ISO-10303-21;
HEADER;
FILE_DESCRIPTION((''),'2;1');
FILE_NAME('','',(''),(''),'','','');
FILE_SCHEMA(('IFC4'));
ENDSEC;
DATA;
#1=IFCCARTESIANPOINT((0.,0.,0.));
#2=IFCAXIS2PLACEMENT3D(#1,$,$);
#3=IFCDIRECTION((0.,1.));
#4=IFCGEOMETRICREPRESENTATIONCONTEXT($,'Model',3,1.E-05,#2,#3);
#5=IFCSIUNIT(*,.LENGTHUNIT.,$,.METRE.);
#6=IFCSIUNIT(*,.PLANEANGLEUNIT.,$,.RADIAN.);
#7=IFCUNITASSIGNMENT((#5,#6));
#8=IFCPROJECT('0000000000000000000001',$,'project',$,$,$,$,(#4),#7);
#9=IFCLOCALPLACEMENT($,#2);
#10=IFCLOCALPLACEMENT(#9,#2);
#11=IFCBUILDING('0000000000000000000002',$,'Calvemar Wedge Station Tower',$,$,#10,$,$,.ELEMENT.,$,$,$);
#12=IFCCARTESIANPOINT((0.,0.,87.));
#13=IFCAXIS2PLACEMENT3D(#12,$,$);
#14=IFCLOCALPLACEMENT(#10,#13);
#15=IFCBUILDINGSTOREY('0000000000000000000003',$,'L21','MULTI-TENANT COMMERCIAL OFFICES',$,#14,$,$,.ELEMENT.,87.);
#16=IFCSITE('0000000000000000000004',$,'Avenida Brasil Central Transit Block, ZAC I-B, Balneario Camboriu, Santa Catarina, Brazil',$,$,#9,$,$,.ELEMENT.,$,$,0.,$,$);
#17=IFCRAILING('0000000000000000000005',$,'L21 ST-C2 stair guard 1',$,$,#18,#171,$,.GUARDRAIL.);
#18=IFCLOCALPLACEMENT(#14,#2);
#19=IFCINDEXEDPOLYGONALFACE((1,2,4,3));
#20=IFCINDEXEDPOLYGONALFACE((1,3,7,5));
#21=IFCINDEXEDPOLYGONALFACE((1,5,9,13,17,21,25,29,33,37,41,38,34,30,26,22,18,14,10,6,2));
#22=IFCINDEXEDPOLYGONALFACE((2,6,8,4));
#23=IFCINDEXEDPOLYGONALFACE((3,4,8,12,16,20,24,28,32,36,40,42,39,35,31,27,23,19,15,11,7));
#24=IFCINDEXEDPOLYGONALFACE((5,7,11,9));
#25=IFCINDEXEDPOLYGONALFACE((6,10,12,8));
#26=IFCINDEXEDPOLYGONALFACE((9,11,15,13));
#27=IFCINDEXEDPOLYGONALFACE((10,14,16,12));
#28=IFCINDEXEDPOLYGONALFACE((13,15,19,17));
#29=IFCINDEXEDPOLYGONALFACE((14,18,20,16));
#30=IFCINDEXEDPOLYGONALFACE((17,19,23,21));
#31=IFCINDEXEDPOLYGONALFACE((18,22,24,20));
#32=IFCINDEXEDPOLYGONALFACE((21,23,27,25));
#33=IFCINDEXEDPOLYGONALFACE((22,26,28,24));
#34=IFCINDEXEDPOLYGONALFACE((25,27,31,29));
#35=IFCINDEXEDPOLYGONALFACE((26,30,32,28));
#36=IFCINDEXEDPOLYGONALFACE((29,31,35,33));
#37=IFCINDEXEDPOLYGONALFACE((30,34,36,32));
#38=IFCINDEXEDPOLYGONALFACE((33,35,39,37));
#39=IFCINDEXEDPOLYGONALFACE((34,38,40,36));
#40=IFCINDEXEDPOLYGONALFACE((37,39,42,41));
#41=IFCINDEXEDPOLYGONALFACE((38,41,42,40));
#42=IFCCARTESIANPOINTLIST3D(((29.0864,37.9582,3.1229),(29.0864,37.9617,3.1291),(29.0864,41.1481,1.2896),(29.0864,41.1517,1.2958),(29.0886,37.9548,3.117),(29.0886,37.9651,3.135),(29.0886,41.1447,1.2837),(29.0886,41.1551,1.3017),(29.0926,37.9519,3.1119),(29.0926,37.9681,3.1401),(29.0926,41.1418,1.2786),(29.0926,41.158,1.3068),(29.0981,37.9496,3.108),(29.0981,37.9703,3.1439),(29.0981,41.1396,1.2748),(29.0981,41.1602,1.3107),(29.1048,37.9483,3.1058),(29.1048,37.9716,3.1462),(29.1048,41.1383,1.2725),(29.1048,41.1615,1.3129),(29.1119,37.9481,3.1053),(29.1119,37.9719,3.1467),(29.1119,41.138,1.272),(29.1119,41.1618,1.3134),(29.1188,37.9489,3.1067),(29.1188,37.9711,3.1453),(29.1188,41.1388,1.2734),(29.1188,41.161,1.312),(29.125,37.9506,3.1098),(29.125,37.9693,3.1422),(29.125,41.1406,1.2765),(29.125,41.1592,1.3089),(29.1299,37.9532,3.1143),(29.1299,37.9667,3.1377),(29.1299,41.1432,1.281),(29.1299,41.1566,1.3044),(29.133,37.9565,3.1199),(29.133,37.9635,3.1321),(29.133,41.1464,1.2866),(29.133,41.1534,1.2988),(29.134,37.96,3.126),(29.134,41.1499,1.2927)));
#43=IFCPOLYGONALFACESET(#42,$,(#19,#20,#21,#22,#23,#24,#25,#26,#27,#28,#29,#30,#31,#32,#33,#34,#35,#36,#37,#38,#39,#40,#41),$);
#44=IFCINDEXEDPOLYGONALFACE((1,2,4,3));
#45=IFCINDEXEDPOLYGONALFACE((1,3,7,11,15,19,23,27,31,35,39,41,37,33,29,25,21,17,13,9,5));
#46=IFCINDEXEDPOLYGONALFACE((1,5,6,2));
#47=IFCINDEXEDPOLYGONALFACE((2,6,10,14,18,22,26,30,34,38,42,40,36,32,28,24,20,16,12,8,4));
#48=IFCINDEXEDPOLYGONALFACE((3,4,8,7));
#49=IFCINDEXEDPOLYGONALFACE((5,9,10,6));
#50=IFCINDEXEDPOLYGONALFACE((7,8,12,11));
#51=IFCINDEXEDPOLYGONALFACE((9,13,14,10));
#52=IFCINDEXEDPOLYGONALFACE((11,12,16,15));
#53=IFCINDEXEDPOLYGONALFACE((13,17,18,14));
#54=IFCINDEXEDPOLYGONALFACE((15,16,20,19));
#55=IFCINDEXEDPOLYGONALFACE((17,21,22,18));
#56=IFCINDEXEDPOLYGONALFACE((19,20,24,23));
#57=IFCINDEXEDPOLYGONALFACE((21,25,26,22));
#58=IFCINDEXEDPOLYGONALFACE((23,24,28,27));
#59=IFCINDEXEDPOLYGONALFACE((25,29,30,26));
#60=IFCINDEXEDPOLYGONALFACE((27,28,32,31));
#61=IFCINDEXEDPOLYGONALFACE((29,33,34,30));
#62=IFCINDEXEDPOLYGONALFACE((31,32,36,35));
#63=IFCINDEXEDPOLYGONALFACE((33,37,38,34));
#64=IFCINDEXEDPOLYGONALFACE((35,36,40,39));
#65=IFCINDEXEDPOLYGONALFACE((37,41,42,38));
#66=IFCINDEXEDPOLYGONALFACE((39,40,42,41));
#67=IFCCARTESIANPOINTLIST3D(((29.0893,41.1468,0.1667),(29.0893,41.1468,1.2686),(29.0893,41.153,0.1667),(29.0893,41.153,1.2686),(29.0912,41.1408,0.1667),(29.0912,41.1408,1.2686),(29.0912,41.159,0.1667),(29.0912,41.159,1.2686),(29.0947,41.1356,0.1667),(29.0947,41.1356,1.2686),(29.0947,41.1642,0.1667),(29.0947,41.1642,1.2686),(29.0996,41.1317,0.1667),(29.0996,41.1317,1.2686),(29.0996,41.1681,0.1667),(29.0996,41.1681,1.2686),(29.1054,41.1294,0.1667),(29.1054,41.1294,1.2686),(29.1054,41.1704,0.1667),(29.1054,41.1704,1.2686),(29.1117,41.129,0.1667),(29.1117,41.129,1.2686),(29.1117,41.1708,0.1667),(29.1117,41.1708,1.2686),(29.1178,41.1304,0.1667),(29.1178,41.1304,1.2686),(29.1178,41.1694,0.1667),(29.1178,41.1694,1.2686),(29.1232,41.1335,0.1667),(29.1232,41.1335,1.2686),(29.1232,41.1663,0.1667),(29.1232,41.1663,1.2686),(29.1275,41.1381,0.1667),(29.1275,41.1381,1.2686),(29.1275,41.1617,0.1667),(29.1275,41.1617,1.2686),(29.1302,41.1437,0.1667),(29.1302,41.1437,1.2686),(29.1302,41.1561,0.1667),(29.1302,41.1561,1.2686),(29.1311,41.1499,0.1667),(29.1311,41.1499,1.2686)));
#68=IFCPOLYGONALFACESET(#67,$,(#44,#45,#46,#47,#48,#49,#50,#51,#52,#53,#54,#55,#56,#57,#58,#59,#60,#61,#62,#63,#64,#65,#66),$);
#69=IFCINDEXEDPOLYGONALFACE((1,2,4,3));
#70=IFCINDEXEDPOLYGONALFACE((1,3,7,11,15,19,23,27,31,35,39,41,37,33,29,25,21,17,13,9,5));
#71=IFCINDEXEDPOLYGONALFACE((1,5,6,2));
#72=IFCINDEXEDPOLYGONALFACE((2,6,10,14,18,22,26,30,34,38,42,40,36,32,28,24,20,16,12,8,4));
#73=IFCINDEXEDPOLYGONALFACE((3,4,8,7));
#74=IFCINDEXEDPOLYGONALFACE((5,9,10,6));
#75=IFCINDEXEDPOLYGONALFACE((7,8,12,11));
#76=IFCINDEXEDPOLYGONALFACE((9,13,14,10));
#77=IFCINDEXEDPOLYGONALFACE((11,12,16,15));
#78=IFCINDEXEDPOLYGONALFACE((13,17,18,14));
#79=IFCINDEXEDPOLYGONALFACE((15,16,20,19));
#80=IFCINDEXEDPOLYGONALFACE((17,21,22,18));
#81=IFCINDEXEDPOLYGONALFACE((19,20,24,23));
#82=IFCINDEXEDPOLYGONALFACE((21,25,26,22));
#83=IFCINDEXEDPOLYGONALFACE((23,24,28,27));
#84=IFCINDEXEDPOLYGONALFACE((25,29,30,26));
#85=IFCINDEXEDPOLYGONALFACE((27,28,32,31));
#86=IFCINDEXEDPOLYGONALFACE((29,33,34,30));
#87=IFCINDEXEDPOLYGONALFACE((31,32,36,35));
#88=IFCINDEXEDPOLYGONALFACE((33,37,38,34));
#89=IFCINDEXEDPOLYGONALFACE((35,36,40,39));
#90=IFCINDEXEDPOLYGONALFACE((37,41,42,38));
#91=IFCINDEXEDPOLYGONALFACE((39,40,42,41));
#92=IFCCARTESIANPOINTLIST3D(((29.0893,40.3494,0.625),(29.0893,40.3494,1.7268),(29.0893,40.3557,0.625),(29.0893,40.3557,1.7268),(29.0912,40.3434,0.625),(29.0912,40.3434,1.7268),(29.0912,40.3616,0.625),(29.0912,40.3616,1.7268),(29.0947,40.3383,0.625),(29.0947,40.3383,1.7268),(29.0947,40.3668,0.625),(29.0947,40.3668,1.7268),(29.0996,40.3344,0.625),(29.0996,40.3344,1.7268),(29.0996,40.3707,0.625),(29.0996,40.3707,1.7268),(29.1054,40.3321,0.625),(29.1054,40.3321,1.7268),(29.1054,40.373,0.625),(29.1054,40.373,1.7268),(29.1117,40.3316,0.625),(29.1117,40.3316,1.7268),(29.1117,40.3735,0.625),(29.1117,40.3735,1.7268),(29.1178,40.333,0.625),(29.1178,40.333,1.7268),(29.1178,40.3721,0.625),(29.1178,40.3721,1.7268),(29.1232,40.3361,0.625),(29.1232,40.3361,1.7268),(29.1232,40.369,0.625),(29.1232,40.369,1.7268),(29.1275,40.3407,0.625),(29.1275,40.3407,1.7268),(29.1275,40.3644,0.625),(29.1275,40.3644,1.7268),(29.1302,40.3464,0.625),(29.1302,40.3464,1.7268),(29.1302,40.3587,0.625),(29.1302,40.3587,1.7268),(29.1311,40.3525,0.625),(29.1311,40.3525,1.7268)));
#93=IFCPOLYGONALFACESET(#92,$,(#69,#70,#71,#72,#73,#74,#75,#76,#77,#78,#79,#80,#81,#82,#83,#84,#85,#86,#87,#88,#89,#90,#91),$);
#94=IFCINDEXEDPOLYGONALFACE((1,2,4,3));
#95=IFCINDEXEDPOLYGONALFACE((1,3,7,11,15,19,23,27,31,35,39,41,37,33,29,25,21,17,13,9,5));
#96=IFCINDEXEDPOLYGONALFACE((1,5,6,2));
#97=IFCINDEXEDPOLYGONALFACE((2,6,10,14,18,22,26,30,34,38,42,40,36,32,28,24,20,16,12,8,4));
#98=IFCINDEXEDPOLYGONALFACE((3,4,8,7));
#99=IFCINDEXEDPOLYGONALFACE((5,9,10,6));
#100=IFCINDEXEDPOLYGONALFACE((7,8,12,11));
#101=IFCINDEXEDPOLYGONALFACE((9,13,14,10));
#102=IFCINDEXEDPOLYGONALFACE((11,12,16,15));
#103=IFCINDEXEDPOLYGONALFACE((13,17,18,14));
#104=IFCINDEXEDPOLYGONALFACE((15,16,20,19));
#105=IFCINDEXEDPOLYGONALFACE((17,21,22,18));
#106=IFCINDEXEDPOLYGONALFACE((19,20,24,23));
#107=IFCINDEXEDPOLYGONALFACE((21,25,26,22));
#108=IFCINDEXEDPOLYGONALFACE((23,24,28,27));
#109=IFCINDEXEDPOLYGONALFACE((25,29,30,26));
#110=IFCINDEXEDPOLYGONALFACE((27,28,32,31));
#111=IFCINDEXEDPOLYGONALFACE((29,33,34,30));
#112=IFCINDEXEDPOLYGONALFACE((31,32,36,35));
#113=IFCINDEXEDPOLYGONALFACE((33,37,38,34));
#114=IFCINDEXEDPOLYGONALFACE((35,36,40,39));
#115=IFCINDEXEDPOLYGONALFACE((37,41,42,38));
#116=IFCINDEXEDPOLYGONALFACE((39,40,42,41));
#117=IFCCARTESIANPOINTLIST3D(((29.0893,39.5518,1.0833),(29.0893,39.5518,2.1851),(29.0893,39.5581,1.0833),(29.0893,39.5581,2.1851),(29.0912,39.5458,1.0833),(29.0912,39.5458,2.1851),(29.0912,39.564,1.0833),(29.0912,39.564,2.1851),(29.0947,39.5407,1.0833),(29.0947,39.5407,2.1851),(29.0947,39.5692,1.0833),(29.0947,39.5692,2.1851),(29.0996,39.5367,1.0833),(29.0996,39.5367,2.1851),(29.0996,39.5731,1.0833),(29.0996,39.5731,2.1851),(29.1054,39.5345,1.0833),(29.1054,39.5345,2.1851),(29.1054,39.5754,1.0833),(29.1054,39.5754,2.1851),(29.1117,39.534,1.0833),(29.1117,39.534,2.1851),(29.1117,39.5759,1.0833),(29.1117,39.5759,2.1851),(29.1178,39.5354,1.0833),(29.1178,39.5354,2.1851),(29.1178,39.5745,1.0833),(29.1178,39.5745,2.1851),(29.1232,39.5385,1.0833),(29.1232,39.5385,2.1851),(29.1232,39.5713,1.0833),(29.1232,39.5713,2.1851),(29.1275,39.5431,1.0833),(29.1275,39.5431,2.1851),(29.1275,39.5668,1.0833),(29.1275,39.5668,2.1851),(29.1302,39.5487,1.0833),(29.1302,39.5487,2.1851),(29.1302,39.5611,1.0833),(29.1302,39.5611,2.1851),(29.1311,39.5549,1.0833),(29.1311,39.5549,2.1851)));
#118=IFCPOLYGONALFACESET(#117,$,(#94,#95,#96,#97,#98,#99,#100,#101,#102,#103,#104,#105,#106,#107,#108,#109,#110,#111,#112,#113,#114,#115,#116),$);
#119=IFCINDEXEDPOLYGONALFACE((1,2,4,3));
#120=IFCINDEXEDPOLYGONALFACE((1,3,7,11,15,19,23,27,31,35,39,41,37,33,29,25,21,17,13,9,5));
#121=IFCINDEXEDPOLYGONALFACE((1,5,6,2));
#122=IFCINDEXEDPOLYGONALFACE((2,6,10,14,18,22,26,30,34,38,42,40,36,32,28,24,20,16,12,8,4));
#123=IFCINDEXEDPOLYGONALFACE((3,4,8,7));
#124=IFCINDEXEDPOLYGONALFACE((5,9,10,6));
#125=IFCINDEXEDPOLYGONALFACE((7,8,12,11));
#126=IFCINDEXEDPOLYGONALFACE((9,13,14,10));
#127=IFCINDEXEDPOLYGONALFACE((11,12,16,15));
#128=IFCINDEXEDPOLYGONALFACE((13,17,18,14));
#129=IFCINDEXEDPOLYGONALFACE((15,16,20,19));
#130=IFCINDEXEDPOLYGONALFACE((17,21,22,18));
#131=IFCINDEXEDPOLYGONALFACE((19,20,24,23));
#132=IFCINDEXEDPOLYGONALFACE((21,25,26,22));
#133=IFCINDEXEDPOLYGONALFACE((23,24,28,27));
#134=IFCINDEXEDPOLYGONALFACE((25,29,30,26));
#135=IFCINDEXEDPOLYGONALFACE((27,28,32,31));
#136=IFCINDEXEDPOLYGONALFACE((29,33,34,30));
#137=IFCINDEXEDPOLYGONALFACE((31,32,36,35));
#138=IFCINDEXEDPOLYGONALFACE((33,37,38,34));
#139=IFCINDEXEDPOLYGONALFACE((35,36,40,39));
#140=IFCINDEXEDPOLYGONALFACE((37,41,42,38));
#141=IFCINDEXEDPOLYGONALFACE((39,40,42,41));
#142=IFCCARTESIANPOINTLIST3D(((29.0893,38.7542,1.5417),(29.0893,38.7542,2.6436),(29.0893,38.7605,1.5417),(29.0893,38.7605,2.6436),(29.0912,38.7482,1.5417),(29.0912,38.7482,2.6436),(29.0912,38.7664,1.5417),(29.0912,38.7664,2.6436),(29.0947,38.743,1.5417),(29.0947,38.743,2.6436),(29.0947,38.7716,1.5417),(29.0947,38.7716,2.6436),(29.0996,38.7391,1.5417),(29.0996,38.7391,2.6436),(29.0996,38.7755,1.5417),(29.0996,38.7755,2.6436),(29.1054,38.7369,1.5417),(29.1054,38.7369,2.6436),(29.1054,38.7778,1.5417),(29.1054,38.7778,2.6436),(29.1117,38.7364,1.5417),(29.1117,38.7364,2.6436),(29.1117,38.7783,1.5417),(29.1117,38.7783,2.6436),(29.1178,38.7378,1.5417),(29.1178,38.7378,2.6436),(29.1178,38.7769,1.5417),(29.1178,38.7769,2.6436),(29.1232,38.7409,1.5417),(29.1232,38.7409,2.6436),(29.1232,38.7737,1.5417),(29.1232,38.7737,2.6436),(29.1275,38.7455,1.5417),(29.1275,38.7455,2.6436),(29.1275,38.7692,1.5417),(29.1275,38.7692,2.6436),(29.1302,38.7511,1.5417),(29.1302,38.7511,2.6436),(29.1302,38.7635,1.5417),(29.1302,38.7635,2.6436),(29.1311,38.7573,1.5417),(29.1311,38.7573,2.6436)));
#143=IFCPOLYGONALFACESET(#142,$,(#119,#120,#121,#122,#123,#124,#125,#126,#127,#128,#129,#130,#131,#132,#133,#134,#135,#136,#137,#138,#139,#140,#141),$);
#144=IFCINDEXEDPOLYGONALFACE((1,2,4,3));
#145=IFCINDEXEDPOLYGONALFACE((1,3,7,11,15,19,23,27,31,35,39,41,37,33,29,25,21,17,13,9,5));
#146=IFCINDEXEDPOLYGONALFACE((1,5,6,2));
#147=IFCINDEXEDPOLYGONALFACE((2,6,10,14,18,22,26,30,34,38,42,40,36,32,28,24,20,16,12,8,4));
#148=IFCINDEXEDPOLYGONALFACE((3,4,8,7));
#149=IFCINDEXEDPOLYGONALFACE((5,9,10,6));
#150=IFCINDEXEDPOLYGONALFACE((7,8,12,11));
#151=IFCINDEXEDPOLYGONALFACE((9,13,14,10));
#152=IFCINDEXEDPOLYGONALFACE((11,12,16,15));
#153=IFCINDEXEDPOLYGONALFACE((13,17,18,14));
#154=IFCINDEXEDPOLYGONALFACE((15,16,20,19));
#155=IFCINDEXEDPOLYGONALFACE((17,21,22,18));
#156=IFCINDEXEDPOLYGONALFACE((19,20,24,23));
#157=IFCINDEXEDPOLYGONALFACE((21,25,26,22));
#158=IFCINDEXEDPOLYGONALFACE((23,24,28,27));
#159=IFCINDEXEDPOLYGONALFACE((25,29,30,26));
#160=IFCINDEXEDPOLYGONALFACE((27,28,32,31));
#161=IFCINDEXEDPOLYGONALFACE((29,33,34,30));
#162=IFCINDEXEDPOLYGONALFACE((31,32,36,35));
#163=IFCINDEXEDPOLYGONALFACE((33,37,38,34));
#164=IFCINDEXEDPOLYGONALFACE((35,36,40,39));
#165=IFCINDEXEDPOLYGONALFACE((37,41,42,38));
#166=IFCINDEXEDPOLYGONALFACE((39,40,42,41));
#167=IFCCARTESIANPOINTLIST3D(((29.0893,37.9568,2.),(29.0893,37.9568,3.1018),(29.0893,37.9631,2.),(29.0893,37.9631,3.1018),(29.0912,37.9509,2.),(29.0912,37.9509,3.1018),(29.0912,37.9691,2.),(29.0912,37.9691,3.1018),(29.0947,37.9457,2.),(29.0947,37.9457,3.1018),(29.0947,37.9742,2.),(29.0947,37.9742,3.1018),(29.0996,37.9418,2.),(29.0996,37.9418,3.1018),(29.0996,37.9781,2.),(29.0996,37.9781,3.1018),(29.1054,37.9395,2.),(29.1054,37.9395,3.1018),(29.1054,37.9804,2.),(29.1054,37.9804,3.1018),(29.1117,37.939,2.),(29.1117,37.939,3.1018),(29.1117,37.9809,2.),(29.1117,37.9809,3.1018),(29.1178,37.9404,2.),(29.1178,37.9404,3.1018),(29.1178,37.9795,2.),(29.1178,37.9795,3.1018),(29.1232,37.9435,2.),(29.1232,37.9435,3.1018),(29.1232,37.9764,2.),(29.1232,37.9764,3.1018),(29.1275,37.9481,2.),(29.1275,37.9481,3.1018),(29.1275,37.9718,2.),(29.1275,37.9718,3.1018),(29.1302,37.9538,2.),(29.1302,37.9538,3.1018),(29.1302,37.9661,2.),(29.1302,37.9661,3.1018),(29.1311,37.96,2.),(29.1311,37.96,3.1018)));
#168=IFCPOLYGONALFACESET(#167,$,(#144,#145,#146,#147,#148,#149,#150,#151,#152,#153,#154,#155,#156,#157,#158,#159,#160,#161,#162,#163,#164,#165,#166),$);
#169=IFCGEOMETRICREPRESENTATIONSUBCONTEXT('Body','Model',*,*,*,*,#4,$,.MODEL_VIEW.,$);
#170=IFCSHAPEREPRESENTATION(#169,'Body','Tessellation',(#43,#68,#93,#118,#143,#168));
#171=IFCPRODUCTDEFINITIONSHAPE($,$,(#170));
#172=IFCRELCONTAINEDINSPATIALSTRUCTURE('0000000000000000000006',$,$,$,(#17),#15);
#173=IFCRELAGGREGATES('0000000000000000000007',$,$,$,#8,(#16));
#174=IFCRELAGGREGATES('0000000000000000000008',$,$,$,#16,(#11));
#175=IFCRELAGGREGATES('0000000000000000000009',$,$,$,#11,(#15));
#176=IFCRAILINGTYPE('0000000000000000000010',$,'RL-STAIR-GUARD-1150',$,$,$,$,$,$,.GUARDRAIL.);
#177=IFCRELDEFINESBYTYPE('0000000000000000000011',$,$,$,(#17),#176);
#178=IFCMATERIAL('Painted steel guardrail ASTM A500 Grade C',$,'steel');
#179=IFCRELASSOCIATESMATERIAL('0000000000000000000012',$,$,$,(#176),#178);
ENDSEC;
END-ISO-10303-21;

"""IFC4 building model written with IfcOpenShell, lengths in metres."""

from ifc_helpers import new_model, si_unit, direction, frame, origin, origin_2d, place, context, subcontext, project, spatial, circle, extrude, material, type_object, element, save


model = new_model("IFC4")

# Units and contexts
model_context = context("Model", 3, precision=1e-05, world=origin(), true_north=direction((0.0, 1.0)))
body_context = subcontext(model_context, "Body", "Model", "MODEL_VIEW")
ifc_project = project(units=[si_unit("LENGTHUNIT", "METRE"), si_unit("PLANEANGLEUNIT", "RADIAN")], contexts=[model_context])

# Site, building, storey
site_placement = place(None, origin())
site = spatial("IfcSite", under=ifc_project, at=site_placement, Name="Avenida Brasil Central Transit Block, ZAC I-B, Balneario Camboriu, Santa Catarina, Brazil", CompositionType="ELEMENT", RefElevation=0.0)
building_placement = place(site_placement, origin())
building = spatial("IfcBuilding", under=site, at=building_placement, Name="Calvemar Wedge Station Tower", CompositionType="ELEMENT")
storey_placement = place(building_placement, frame((0.0, 0.0, 87.0)))
storey = spatial("IfcBuildingStorey", under=building, at=storey_placement, Name="L21", Description="MULTI-TENANT COMMERCIAL OFFICES", CompositionType="ELEMENT", Elevation=87.0)

# Railing
ifc_material_1 = material(Name="Painted steel guardrail ASTM A500 Grade C", Category="steel")
railing_type_1 = type_object("IfcRailingType", Name="RL-STAIR-GUARD-1150", PredefinedType="GUARDRAIL", material=ifc_material_1)
railing_1_placement = place(storey_placement, frame((29.1101, 41.1499, 0.1667)))
element("IfcRailing", 1, at=railing_1_placement, inside=storey, type_object=railing_type_1, Name="L21 ST-C2 stair guard 1", PredefinedType="GUARDRAIL", context=body_context, shape_type="SweptSolid", body=[
    extrude(circle(Radius=0.0239, at=origin_2d()), frame((0.0, 0.0, 1.126), z_axis=(0.0, -0.86702, 0.498274), x_axis=(1.0, 0.0, 0.0)), (0.0, 0.0, 1.0), 3.6792),
    extrude(circle(Radius=0.021, at=origin_2d()), origin(), (0.0, 0.0, 1.0), 1.1018),
    extrude(circle(Radius=0.021, at=origin_2d()), frame((0.0, -0.7974, 0.4583)), (0.0, 0.0, 1.0), 1.1018),
    extrude(circle(Radius=0.021, at=origin_2d()), frame((0.0, -1.595, 0.9165)), (0.0, 0.0, 1.0), 1.1018),
    extrude(circle(Radius=0.021, at=origin_2d()), frame((0.0, -2.3926, 1.375)), (0.0, 0.0, 1.0), 1.1018),
    extrude(circle(Radius=0.021, at=origin_2d()), frame((0.0, -3.1899, 1.8333)), (0.0, 0.0, 1.0), 1.1018),
])

save(model, "model.ifc")
